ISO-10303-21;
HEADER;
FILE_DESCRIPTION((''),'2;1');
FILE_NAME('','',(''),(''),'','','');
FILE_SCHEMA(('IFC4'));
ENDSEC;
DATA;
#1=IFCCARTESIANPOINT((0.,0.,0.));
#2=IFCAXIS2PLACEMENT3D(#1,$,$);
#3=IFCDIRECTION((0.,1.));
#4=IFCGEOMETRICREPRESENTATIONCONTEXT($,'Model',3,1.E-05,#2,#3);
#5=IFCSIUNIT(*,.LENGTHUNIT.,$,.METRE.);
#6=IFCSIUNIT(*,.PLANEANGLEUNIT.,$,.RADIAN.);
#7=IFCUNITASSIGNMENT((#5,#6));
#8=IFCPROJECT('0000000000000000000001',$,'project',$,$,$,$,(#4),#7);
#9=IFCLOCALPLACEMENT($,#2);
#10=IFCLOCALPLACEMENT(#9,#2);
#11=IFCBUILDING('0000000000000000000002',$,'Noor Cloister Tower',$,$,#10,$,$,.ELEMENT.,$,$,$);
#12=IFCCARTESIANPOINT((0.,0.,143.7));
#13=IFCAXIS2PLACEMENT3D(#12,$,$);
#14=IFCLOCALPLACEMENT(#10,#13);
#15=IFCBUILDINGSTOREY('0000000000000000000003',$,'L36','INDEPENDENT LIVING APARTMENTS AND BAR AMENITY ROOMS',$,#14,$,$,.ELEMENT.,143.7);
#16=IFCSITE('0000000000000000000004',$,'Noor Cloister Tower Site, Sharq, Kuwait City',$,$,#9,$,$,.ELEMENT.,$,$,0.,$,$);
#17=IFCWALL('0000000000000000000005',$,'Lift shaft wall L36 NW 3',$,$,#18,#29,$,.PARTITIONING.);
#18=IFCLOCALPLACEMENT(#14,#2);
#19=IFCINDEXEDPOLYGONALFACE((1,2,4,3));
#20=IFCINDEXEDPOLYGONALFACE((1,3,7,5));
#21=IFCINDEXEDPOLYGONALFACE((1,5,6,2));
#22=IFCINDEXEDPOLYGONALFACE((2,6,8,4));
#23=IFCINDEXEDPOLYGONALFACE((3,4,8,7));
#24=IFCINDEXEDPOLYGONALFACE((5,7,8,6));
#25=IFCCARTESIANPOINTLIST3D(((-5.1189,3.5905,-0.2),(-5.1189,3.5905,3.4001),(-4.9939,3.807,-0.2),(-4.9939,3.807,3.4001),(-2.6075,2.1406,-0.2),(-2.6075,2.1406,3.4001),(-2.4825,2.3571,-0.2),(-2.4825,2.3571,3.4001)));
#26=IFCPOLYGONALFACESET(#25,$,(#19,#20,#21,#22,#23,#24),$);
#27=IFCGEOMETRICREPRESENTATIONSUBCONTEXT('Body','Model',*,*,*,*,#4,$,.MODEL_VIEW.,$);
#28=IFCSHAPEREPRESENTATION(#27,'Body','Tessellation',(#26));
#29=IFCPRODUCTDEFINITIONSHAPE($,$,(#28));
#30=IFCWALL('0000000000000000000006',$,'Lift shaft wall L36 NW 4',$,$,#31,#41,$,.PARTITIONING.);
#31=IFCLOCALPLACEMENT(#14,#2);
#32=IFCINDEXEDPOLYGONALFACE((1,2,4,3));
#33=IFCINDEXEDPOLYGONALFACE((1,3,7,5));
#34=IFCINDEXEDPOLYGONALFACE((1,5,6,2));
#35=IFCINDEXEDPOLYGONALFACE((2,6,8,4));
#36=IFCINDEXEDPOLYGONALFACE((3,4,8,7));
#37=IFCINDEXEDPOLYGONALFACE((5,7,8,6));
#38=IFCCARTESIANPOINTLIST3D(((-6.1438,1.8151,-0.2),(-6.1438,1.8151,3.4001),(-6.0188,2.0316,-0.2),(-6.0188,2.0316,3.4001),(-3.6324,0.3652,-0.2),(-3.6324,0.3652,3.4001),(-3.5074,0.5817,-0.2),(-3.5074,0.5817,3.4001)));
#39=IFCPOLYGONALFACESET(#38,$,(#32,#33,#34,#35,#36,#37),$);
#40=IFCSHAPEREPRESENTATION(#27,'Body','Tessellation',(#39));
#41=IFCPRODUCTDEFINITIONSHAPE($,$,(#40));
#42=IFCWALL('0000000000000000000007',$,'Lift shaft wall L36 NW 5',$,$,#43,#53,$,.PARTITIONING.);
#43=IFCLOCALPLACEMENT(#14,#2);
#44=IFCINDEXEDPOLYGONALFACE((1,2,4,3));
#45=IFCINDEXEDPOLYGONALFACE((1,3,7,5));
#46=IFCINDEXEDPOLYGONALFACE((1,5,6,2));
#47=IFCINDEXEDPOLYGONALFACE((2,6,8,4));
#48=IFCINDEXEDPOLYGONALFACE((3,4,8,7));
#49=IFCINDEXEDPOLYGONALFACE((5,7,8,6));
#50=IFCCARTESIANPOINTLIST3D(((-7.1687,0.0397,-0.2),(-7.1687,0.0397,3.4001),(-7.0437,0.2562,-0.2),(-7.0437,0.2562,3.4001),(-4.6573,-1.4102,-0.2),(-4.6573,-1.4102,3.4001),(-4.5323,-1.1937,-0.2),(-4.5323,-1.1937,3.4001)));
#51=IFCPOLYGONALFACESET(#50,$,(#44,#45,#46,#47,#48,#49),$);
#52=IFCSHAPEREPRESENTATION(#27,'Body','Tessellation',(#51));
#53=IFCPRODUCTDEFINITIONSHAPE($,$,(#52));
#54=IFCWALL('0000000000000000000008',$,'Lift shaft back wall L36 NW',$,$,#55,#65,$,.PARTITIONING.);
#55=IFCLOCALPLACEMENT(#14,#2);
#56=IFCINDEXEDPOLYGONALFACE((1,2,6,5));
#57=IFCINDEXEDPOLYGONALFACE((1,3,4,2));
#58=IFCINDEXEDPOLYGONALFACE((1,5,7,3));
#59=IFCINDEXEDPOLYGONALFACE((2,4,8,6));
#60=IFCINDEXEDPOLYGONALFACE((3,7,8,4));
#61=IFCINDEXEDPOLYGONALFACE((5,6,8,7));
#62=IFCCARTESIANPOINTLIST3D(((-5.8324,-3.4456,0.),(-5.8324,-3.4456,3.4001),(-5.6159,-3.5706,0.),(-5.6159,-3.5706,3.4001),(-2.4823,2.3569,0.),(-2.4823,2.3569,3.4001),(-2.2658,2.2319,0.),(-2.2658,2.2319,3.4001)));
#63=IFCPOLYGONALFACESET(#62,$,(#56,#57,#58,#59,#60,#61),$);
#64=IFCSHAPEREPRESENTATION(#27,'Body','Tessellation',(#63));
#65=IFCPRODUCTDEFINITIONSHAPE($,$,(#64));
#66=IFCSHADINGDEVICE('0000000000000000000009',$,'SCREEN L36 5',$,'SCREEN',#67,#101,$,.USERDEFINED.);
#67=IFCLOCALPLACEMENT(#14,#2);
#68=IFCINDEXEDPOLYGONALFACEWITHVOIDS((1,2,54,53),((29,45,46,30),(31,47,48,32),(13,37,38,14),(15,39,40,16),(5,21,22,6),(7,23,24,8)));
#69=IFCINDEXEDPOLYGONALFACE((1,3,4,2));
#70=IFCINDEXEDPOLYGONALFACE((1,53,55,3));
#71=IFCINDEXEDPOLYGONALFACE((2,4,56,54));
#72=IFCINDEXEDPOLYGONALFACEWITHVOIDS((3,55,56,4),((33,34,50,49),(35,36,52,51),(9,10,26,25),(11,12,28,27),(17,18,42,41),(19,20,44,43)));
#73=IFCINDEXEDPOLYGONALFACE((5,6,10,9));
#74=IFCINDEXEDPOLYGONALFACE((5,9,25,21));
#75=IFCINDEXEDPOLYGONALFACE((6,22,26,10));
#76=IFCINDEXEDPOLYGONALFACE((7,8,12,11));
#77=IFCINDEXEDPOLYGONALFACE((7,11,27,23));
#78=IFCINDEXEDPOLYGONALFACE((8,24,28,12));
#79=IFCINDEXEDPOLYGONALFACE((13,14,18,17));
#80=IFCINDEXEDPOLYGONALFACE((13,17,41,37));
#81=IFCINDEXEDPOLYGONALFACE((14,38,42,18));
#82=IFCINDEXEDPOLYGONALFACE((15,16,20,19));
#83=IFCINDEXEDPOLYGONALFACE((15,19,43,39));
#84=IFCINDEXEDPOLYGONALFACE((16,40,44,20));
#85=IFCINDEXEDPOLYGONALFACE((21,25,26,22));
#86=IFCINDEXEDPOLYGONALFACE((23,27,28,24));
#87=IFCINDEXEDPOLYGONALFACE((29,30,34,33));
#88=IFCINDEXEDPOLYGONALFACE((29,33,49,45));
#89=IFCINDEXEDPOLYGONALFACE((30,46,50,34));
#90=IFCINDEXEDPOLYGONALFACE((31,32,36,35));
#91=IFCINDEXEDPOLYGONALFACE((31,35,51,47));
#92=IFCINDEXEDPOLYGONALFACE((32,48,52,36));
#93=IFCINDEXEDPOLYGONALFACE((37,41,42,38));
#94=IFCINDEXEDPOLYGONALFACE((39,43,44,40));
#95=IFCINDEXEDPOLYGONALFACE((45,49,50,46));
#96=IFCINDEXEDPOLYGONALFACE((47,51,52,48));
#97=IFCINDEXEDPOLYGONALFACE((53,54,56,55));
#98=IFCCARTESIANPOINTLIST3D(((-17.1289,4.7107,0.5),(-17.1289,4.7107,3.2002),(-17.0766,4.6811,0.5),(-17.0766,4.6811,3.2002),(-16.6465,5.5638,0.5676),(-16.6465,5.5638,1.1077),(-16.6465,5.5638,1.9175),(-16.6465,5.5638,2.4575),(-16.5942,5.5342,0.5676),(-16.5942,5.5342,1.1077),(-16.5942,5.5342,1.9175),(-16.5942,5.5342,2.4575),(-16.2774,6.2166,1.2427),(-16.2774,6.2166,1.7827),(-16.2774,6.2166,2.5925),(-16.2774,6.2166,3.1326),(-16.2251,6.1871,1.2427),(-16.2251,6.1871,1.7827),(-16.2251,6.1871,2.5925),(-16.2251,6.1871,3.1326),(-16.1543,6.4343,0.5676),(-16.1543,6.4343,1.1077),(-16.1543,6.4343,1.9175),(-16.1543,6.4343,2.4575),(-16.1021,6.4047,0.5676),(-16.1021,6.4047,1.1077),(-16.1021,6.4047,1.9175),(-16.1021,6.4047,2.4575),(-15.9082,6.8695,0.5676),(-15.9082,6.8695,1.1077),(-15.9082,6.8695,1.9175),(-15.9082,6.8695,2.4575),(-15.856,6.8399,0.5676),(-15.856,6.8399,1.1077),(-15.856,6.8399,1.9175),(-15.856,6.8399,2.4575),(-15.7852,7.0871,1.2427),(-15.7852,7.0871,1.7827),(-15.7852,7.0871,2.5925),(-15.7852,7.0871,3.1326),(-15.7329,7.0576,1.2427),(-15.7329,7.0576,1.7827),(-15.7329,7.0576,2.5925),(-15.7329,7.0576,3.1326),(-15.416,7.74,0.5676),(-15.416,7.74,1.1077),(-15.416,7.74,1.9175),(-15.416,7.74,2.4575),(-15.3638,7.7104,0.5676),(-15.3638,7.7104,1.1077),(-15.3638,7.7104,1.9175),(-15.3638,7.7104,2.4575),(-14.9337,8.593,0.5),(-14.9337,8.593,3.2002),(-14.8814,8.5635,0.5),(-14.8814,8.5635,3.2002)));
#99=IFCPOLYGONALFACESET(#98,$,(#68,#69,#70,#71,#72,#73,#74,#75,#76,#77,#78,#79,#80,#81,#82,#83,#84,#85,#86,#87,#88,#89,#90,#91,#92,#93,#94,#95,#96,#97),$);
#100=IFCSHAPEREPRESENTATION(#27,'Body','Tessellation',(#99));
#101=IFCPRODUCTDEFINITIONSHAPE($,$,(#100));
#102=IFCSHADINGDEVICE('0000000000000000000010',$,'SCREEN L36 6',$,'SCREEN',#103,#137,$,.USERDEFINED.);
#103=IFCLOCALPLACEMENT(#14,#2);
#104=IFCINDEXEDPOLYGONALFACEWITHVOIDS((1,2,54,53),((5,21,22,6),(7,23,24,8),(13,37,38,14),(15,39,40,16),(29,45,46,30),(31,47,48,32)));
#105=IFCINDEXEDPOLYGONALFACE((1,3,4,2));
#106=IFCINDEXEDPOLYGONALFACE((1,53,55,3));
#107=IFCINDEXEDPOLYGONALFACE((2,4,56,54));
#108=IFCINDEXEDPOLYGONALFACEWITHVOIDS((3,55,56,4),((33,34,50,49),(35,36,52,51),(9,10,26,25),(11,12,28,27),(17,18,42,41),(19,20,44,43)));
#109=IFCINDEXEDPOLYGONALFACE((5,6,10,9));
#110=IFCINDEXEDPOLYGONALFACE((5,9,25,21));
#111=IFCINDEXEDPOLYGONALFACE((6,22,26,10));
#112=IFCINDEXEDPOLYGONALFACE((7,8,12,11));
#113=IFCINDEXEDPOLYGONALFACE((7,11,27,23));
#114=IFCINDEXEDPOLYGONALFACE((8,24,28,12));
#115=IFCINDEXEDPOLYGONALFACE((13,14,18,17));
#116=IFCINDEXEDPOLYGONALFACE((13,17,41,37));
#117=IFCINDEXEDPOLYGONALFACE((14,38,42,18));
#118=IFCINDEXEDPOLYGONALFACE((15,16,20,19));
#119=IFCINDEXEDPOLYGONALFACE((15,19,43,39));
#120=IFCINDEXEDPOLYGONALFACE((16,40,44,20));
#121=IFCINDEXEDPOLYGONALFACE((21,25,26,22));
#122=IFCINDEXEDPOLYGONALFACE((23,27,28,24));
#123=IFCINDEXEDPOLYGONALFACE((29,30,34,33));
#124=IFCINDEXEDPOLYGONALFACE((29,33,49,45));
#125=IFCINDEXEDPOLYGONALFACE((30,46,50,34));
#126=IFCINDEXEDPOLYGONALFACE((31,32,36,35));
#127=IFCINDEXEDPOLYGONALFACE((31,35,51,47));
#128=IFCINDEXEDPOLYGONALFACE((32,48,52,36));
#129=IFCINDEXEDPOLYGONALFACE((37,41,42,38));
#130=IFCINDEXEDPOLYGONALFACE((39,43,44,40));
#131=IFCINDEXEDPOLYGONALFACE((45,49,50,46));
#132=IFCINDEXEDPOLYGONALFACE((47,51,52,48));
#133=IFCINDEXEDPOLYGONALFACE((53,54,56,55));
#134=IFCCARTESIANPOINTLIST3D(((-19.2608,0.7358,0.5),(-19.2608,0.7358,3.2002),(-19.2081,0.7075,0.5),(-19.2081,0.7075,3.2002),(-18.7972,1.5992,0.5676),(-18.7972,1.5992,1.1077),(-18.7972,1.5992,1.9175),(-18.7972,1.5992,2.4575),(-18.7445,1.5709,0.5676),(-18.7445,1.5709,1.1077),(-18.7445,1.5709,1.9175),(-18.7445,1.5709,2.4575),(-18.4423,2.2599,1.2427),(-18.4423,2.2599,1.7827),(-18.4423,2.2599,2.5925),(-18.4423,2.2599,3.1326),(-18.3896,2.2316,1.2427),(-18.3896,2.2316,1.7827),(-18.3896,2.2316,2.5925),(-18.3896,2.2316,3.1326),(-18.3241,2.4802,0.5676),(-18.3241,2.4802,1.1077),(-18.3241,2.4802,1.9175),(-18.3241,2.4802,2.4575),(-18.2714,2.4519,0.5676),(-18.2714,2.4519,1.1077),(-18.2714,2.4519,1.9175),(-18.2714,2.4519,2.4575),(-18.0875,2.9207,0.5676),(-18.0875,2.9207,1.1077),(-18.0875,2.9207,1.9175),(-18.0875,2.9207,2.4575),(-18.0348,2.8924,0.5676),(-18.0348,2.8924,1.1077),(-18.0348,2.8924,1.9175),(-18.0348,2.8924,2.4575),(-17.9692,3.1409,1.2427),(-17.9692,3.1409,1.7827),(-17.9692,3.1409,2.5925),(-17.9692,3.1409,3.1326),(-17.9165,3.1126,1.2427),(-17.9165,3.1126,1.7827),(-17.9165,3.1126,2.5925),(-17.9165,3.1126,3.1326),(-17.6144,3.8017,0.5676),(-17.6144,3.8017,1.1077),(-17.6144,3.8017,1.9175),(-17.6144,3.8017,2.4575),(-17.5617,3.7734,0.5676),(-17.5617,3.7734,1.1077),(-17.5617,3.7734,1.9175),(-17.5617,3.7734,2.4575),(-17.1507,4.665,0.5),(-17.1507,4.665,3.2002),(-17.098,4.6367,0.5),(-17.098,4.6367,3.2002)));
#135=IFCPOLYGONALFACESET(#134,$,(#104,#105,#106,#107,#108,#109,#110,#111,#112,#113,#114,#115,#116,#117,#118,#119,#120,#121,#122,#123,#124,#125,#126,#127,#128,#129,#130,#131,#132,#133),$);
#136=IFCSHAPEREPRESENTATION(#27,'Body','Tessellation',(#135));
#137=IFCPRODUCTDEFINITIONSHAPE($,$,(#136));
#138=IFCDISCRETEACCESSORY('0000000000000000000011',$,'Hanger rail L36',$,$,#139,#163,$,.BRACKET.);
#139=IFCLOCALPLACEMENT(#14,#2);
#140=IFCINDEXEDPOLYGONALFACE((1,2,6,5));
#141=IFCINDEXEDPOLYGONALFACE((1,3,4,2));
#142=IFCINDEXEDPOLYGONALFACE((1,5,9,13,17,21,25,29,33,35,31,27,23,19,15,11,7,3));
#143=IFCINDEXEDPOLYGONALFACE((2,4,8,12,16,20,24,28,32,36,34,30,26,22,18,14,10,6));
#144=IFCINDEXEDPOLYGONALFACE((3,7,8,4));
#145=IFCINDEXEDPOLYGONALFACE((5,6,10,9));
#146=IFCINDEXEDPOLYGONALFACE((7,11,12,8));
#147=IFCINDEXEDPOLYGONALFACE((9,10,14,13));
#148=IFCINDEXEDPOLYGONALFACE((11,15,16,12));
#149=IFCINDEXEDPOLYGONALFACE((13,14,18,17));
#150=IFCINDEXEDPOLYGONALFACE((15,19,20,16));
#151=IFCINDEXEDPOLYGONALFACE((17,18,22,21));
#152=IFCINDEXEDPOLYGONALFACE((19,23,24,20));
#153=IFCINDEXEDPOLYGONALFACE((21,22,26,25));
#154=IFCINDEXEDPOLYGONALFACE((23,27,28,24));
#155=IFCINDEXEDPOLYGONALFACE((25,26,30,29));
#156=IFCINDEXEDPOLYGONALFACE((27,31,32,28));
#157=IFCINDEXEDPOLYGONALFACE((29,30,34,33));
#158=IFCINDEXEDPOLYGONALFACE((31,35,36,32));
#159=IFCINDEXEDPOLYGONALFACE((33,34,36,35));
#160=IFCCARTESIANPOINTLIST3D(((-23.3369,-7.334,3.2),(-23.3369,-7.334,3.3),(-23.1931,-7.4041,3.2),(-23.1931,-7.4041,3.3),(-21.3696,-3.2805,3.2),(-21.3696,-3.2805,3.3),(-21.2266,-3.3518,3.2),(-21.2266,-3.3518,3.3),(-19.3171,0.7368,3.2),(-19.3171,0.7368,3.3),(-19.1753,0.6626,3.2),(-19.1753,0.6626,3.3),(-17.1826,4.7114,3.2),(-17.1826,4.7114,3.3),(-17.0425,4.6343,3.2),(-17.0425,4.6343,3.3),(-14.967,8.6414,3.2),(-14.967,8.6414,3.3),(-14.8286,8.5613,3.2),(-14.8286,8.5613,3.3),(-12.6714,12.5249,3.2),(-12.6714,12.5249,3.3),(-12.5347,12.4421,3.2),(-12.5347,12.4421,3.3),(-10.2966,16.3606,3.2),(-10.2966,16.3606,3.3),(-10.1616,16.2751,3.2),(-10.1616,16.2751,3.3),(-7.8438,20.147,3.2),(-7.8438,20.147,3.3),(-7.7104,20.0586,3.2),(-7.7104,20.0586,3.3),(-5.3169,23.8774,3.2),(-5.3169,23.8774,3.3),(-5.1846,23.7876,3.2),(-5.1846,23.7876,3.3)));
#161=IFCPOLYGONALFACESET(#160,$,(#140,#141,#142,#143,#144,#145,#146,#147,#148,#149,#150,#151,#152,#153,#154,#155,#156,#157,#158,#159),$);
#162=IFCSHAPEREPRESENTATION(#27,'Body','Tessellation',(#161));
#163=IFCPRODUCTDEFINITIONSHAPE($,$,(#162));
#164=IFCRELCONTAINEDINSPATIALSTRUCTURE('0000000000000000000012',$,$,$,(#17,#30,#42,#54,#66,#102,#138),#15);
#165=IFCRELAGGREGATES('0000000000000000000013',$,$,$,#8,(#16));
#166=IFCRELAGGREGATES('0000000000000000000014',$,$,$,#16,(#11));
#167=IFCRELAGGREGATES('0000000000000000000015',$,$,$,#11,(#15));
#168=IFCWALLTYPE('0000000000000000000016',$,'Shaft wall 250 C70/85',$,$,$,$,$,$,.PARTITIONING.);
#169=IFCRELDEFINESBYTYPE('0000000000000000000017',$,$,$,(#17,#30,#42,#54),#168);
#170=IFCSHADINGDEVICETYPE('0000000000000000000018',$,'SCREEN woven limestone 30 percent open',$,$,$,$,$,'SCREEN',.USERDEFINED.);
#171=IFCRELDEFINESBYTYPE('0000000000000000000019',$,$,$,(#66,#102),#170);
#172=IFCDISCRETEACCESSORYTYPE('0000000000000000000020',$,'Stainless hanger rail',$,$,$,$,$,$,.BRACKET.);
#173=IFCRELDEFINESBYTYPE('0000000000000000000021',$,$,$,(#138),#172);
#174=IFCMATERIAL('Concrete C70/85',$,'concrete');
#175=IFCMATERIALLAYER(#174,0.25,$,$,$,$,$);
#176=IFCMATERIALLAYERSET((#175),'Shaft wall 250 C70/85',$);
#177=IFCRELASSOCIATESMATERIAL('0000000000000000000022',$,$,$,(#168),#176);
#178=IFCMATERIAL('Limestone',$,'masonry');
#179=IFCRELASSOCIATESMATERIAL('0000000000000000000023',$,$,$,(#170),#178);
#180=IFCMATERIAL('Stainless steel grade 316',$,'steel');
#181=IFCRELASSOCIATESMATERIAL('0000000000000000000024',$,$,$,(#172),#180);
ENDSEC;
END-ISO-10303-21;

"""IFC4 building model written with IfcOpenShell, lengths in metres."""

from ifc_helpers import new_model, si_unit, direction, frame, frame_2d, origin, place, context, subcontext, project, spatial, polyline, rectangle, outline, extrude, material, layer, layer_set, material_profile, profile_set, type_object, element, save


model = new_model("IFC4")

# Units and contexts
model_context = context("Model", 3, precision=1e-05, world=origin(), true_north=direction((0.0, 1.0)))
body_context = subcontext(model_context, "Body", "Model", "MODEL_VIEW")
ifc_project = project(units=[si_unit("LENGTHUNIT", "METRE"), si_unit("PLANEANGLEUNIT", "RADIAN")], contexts=[model_context])

# Site, building, storey
site_placement = place(None, origin())
site = spatial("IfcSite", under=ifc_project, at=site_placement, Name="Noor Cloister Tower Site, Sharq, Kuwait City", CompositionType="ELEMENT", RefElevation=0.0)
building_placement = place(site_placement, origin())
building = spatial("IfcBuilding", under=site, at=building_placement, Name="Noor Cloister Tower", CompositionType="ELEMENT")
storey_placement = place(building_placement, frame((0.0, 0.0, 143.7)))
storey = spatial("IfcBuildingStorey", under=building, at=storey_placement, Name="L36", Description="INDEPENDENT LIVING APARTMENTS AND BAR AMENITY ROOMS", CompositionType="ELEMENT", Elevation=143.7)

# Walls
ifc_material_1 = material(Name="Concrete C70/85", Category="concrete")
ifc_layer_1 = layer(ifc_material_1, 0.25)
ifc_layer_set_1 = layer_set([ifc_layer_1], Name="Shaft wall 250 C70/85")
wall_type_1 = type_object("IfcWallType", Name="Shaft wall 250 C70/85", PredefinedType="PARTITIONING", material=ifc_layer_set_1)
for number, where, z_axis, x_axis, name in (
    (1, (-5.0564, 3.6987, -0.2), (0.0, 0.0, 1.0), (0.866033, -0.499987, 0.0), "Lift shaft wall L36 NW 3"),
    (2, (-6.0813, 1.9233, -0.2), (0.0, 0.0, 1.0), (0.866033, -0.499987, 0.0), "Lift shaft wall L36 NW 4"),
    (3, (-7.1062, 0.1479, -0.2), (0.0, 0.0, 1.0), (0.866033, -0.499987, 0.0), "Lift shaft wall L36 NW 5"),
):
    element("IfcWall", number, at=place(storey_placement, frame(where, z_axis=z_axis, x_axis=x_axis)), inside=storey, type_object=wall_type_1, Name=name, PredefinedType="PARTITIONING", context=body_context, shape_type="SweptSolid", body=[
        extrude(rectangle(XDim=2.8999, YDim=0.25, at=frame_2d((1.45, 0.0))), origin(), (0.0, 0.0, 1.0), 3.6001),
    ])
wall_1_placement = place(storey_placement, frame((-2.374, 2.2944, 0.0), z_axis=(0.0, 0.0, 1.0), x_axis=(-0.500003, -0.866024, 0.0)))
element("IfcWall", 4, at=wall_1_placement, inside=storey, type_object=wall_type_1, Name="Lift shaft back wall L36 NW", PredefinedType="PARTITIONING", context=body_context, shape_type="SweptSolid", body=[
    extrude(rectangle(XDim=6.7002, YDim=0.25, at=frame_2d((3.3501, 0.0))), origin(), (0.0, 0.0, 1.0), 3.4001),
])

# Shading devices
ifc_material_2 = material(Name="Limestone", Category="masonry")
ifc_material_profile_1 = material_profile(ifc_material_2, outline(polyline([(-2.23, -1.3501), (2.23, -1.3501), (2.23, 1.3501), (-2.23, 1.3501), (-2.23, -1.3501)]), holes=[polyline([(-1.25, -1.2825), (-0.25, -1.2825), (-0.25, -0.7424), (-1.25, -0.7424), (-1.25, -1.2825)]), polyline([(0.25, -1.2825), (1.25, -1.2825), (1.25, -0.7424), (0.25, -0.7424), (0.25, -1.2825)]), polyline([(-0.5, -0.6074), (0.5, -0.6074), (0.5, -0.0674), (-0.5, -0.0674), (-0.5, -0.6074)]), polyline([(-1.25, 0.0674), (-0.25, 0.0674), (-0.25, 0.6074), (-1.25, 0.6074), (-1.25, 0.0674)]), polyline([(0.25, 0.0674), (1.25, 0.0674), (1.25, 0.6074), (0.25, 0.6074), (0.25, 0.0674)]), polyline([(-0.5, 0.7424), (0.5, 0.7424), (0.5, 1.2825), (-0.5, 1.2825), (-0.5, 0.7424)])]), Name="Woven screen 30 percent open")
ifc_profile_set_1 = profile_set([ifc_material_profile_1], Name="Limestone")
shading_device_type = type_object("IfcShadingDeviceType", Name="SCREEN woven limestone 30 percent open", ElementType="SCREEN", PredefinedType="USERDEFINED", material=ifc_profile_set_1)
shading_device_1_placement = place(storey_placement, frame((-15.979, 6.6223, 1.8501), z_axis=(-0.870487, 0.492191, 0.0), x_axis=(-0.492191, -0.870487, 0.0)))
element("IfcShadingDevice", 5, at=shading_device_1_placement, inside=storey, type_object=shading_device_type, Name="SCREEN L36 5", ObjectType="SCREEN", PredefinedType="USERDEFINED", context=body_context, shape_type="SweptSolid", body=[
    extrude(outline(polyline([(-2.23, -1.3501), (2.23, -1.3501), (2.23, 1.3501), (-2.23, 1.3501), (-2.23, -1.3501)]), holes=[polyline([(-1.25, -1.2825), (-0.25, -1.2825), (-0.25, -0.7424), (-1.25, -0.7424), (-1.25, -1.2825)]), polyline([(0.25, -1.2825), (1.25, -1.2825), (1.25, -0.7424), (0.25, -0.7424), (0.25, -1.2825)]), polyline([(-0.5, -0.6074), (0.5, -0.6074), (0.5, -0.0674), (-0.5, -0.0674), (-0.5, -0.6074)]), polyline([(-1.25, 0.0674), (-0.25, 0.0674), (-0.25, 0.6074), (-1.25, 0.6074), (-1.25, 0.0674)]), polyline([(0.25, 0.0674), (1.25, 0.0674), (1.25, 0.6074), (0.25, 0.6074), (0.25, 0.0674)]), polyline([(-0.5, 0.7424), (0.5, 0.7424), (0.5, 1.2825), (-0.5, 1.2825), (-0.5, 0.7424)])]), origin(), (0.0, 0.0, 1.0), 0.0601),
])
shading_device_2_placement = place(storey_placement, frame((-18.1531, 2.6721, 1.8501), z_axis=(-0.880994, 0.473127, 0.0), x_axis=(-0.473127, -0.880994, 0.0)))
element("IfcShadingDevice", 6, at=shading_device_2_placement, inside=storey, type_object=shading_device_type, Name="SCREEN L36 6", ObjectType="SCREEN", PredefinedType="USERDEFINED", context=body_context, shape_type="SweptSolid", body=[
    extrude(outline(polyline([(-2.23, -1.3501), (2.23, -1.3501), (2.23, 1.3501), (-2.23, 1.3501), (-2.23, -1.3501)]), holes=[polyline([(-1.25, -1.2825), (-0.25, -1.2825), (-0.25, -0.7424), (-1.25, -0.7424), (-1.25, -1.2825)]), polyline([(0.25, -1.2825), (1.25, -1.2825), (1.25, -0.7424), (0.25, -0.7424), (0.25, -1.2825)]), polyline([(-0.5, -0.6074), (0.5, -0.6074), (0.5, -0.0674), (-0.5, -0.0674), (-0.5, -0.6074)]), polyline([(-1.25, 0.0674), (-0.25, 0.0674), (-0.25, 0.6074), (-1.25, 0.6074), (-1.25, 0.0674)]), polyline([(0.25, 0.0674), (1.25, 0.0674), (1.25, 0.6074), (0.25, 0.6074), (0.25, 0.0674)]), polyline([(-0.5, 0.7424), (0.5, 0.7424), (0.5, 1.2825), (-0.5, 1.2825), (-0.5, 0.7424)])]), origin(), (0.0, 0.0, 1.0), 0.0598),
])

# Discrete accessory
ifc_material_3 = material(Name="Stainless steel grade 316", Category="steel")
discrete_accessory_type = type_object("IfcDiscreteAccessoryType", Name="Stainless hanger rail", PredefinedType="BRACKET", material=ifc_material_3)
discrete_accessory_1_placement = place(storey_placement, frame((0.0, 0.0, 3.2)))
element("IfcDiscreteAccessory", 7, at=discrete_accessory_1_placement, inside=storey, type_object=discrete_accessory_type, Name="Hanger rail L36", PredefinedType="BRACKET", context=body_context, shape_type="SweptSolid", body=[
    extrude(outline(polyline([(-5.3169, 23.8774), (-7.8438, 20.147), (-10.2966, 16.3606), (-12.6714, 12.5249), (-14.967, 8.6414), (-17.1826, 4.7114), (-19.3171, 0.7368), (-21.3696, -3.2805), (-23.3369, -7.334), (-23.1931, -7.4041), (-21.2266, -3.3518), (-19.1753, 0.6626), (-17.0425, 4.6343), (-14.8286, 8.5613), (-12.5347, 12.4421), (-10.1616, 16.2751), (-7.7104, 20.0586), (-5.1846, 23.7876), (-5.3169, 23.8774)])), origin(), (0.0, 0.0, 1.0), 0.1001),
])

save(model, "model.ifc")
